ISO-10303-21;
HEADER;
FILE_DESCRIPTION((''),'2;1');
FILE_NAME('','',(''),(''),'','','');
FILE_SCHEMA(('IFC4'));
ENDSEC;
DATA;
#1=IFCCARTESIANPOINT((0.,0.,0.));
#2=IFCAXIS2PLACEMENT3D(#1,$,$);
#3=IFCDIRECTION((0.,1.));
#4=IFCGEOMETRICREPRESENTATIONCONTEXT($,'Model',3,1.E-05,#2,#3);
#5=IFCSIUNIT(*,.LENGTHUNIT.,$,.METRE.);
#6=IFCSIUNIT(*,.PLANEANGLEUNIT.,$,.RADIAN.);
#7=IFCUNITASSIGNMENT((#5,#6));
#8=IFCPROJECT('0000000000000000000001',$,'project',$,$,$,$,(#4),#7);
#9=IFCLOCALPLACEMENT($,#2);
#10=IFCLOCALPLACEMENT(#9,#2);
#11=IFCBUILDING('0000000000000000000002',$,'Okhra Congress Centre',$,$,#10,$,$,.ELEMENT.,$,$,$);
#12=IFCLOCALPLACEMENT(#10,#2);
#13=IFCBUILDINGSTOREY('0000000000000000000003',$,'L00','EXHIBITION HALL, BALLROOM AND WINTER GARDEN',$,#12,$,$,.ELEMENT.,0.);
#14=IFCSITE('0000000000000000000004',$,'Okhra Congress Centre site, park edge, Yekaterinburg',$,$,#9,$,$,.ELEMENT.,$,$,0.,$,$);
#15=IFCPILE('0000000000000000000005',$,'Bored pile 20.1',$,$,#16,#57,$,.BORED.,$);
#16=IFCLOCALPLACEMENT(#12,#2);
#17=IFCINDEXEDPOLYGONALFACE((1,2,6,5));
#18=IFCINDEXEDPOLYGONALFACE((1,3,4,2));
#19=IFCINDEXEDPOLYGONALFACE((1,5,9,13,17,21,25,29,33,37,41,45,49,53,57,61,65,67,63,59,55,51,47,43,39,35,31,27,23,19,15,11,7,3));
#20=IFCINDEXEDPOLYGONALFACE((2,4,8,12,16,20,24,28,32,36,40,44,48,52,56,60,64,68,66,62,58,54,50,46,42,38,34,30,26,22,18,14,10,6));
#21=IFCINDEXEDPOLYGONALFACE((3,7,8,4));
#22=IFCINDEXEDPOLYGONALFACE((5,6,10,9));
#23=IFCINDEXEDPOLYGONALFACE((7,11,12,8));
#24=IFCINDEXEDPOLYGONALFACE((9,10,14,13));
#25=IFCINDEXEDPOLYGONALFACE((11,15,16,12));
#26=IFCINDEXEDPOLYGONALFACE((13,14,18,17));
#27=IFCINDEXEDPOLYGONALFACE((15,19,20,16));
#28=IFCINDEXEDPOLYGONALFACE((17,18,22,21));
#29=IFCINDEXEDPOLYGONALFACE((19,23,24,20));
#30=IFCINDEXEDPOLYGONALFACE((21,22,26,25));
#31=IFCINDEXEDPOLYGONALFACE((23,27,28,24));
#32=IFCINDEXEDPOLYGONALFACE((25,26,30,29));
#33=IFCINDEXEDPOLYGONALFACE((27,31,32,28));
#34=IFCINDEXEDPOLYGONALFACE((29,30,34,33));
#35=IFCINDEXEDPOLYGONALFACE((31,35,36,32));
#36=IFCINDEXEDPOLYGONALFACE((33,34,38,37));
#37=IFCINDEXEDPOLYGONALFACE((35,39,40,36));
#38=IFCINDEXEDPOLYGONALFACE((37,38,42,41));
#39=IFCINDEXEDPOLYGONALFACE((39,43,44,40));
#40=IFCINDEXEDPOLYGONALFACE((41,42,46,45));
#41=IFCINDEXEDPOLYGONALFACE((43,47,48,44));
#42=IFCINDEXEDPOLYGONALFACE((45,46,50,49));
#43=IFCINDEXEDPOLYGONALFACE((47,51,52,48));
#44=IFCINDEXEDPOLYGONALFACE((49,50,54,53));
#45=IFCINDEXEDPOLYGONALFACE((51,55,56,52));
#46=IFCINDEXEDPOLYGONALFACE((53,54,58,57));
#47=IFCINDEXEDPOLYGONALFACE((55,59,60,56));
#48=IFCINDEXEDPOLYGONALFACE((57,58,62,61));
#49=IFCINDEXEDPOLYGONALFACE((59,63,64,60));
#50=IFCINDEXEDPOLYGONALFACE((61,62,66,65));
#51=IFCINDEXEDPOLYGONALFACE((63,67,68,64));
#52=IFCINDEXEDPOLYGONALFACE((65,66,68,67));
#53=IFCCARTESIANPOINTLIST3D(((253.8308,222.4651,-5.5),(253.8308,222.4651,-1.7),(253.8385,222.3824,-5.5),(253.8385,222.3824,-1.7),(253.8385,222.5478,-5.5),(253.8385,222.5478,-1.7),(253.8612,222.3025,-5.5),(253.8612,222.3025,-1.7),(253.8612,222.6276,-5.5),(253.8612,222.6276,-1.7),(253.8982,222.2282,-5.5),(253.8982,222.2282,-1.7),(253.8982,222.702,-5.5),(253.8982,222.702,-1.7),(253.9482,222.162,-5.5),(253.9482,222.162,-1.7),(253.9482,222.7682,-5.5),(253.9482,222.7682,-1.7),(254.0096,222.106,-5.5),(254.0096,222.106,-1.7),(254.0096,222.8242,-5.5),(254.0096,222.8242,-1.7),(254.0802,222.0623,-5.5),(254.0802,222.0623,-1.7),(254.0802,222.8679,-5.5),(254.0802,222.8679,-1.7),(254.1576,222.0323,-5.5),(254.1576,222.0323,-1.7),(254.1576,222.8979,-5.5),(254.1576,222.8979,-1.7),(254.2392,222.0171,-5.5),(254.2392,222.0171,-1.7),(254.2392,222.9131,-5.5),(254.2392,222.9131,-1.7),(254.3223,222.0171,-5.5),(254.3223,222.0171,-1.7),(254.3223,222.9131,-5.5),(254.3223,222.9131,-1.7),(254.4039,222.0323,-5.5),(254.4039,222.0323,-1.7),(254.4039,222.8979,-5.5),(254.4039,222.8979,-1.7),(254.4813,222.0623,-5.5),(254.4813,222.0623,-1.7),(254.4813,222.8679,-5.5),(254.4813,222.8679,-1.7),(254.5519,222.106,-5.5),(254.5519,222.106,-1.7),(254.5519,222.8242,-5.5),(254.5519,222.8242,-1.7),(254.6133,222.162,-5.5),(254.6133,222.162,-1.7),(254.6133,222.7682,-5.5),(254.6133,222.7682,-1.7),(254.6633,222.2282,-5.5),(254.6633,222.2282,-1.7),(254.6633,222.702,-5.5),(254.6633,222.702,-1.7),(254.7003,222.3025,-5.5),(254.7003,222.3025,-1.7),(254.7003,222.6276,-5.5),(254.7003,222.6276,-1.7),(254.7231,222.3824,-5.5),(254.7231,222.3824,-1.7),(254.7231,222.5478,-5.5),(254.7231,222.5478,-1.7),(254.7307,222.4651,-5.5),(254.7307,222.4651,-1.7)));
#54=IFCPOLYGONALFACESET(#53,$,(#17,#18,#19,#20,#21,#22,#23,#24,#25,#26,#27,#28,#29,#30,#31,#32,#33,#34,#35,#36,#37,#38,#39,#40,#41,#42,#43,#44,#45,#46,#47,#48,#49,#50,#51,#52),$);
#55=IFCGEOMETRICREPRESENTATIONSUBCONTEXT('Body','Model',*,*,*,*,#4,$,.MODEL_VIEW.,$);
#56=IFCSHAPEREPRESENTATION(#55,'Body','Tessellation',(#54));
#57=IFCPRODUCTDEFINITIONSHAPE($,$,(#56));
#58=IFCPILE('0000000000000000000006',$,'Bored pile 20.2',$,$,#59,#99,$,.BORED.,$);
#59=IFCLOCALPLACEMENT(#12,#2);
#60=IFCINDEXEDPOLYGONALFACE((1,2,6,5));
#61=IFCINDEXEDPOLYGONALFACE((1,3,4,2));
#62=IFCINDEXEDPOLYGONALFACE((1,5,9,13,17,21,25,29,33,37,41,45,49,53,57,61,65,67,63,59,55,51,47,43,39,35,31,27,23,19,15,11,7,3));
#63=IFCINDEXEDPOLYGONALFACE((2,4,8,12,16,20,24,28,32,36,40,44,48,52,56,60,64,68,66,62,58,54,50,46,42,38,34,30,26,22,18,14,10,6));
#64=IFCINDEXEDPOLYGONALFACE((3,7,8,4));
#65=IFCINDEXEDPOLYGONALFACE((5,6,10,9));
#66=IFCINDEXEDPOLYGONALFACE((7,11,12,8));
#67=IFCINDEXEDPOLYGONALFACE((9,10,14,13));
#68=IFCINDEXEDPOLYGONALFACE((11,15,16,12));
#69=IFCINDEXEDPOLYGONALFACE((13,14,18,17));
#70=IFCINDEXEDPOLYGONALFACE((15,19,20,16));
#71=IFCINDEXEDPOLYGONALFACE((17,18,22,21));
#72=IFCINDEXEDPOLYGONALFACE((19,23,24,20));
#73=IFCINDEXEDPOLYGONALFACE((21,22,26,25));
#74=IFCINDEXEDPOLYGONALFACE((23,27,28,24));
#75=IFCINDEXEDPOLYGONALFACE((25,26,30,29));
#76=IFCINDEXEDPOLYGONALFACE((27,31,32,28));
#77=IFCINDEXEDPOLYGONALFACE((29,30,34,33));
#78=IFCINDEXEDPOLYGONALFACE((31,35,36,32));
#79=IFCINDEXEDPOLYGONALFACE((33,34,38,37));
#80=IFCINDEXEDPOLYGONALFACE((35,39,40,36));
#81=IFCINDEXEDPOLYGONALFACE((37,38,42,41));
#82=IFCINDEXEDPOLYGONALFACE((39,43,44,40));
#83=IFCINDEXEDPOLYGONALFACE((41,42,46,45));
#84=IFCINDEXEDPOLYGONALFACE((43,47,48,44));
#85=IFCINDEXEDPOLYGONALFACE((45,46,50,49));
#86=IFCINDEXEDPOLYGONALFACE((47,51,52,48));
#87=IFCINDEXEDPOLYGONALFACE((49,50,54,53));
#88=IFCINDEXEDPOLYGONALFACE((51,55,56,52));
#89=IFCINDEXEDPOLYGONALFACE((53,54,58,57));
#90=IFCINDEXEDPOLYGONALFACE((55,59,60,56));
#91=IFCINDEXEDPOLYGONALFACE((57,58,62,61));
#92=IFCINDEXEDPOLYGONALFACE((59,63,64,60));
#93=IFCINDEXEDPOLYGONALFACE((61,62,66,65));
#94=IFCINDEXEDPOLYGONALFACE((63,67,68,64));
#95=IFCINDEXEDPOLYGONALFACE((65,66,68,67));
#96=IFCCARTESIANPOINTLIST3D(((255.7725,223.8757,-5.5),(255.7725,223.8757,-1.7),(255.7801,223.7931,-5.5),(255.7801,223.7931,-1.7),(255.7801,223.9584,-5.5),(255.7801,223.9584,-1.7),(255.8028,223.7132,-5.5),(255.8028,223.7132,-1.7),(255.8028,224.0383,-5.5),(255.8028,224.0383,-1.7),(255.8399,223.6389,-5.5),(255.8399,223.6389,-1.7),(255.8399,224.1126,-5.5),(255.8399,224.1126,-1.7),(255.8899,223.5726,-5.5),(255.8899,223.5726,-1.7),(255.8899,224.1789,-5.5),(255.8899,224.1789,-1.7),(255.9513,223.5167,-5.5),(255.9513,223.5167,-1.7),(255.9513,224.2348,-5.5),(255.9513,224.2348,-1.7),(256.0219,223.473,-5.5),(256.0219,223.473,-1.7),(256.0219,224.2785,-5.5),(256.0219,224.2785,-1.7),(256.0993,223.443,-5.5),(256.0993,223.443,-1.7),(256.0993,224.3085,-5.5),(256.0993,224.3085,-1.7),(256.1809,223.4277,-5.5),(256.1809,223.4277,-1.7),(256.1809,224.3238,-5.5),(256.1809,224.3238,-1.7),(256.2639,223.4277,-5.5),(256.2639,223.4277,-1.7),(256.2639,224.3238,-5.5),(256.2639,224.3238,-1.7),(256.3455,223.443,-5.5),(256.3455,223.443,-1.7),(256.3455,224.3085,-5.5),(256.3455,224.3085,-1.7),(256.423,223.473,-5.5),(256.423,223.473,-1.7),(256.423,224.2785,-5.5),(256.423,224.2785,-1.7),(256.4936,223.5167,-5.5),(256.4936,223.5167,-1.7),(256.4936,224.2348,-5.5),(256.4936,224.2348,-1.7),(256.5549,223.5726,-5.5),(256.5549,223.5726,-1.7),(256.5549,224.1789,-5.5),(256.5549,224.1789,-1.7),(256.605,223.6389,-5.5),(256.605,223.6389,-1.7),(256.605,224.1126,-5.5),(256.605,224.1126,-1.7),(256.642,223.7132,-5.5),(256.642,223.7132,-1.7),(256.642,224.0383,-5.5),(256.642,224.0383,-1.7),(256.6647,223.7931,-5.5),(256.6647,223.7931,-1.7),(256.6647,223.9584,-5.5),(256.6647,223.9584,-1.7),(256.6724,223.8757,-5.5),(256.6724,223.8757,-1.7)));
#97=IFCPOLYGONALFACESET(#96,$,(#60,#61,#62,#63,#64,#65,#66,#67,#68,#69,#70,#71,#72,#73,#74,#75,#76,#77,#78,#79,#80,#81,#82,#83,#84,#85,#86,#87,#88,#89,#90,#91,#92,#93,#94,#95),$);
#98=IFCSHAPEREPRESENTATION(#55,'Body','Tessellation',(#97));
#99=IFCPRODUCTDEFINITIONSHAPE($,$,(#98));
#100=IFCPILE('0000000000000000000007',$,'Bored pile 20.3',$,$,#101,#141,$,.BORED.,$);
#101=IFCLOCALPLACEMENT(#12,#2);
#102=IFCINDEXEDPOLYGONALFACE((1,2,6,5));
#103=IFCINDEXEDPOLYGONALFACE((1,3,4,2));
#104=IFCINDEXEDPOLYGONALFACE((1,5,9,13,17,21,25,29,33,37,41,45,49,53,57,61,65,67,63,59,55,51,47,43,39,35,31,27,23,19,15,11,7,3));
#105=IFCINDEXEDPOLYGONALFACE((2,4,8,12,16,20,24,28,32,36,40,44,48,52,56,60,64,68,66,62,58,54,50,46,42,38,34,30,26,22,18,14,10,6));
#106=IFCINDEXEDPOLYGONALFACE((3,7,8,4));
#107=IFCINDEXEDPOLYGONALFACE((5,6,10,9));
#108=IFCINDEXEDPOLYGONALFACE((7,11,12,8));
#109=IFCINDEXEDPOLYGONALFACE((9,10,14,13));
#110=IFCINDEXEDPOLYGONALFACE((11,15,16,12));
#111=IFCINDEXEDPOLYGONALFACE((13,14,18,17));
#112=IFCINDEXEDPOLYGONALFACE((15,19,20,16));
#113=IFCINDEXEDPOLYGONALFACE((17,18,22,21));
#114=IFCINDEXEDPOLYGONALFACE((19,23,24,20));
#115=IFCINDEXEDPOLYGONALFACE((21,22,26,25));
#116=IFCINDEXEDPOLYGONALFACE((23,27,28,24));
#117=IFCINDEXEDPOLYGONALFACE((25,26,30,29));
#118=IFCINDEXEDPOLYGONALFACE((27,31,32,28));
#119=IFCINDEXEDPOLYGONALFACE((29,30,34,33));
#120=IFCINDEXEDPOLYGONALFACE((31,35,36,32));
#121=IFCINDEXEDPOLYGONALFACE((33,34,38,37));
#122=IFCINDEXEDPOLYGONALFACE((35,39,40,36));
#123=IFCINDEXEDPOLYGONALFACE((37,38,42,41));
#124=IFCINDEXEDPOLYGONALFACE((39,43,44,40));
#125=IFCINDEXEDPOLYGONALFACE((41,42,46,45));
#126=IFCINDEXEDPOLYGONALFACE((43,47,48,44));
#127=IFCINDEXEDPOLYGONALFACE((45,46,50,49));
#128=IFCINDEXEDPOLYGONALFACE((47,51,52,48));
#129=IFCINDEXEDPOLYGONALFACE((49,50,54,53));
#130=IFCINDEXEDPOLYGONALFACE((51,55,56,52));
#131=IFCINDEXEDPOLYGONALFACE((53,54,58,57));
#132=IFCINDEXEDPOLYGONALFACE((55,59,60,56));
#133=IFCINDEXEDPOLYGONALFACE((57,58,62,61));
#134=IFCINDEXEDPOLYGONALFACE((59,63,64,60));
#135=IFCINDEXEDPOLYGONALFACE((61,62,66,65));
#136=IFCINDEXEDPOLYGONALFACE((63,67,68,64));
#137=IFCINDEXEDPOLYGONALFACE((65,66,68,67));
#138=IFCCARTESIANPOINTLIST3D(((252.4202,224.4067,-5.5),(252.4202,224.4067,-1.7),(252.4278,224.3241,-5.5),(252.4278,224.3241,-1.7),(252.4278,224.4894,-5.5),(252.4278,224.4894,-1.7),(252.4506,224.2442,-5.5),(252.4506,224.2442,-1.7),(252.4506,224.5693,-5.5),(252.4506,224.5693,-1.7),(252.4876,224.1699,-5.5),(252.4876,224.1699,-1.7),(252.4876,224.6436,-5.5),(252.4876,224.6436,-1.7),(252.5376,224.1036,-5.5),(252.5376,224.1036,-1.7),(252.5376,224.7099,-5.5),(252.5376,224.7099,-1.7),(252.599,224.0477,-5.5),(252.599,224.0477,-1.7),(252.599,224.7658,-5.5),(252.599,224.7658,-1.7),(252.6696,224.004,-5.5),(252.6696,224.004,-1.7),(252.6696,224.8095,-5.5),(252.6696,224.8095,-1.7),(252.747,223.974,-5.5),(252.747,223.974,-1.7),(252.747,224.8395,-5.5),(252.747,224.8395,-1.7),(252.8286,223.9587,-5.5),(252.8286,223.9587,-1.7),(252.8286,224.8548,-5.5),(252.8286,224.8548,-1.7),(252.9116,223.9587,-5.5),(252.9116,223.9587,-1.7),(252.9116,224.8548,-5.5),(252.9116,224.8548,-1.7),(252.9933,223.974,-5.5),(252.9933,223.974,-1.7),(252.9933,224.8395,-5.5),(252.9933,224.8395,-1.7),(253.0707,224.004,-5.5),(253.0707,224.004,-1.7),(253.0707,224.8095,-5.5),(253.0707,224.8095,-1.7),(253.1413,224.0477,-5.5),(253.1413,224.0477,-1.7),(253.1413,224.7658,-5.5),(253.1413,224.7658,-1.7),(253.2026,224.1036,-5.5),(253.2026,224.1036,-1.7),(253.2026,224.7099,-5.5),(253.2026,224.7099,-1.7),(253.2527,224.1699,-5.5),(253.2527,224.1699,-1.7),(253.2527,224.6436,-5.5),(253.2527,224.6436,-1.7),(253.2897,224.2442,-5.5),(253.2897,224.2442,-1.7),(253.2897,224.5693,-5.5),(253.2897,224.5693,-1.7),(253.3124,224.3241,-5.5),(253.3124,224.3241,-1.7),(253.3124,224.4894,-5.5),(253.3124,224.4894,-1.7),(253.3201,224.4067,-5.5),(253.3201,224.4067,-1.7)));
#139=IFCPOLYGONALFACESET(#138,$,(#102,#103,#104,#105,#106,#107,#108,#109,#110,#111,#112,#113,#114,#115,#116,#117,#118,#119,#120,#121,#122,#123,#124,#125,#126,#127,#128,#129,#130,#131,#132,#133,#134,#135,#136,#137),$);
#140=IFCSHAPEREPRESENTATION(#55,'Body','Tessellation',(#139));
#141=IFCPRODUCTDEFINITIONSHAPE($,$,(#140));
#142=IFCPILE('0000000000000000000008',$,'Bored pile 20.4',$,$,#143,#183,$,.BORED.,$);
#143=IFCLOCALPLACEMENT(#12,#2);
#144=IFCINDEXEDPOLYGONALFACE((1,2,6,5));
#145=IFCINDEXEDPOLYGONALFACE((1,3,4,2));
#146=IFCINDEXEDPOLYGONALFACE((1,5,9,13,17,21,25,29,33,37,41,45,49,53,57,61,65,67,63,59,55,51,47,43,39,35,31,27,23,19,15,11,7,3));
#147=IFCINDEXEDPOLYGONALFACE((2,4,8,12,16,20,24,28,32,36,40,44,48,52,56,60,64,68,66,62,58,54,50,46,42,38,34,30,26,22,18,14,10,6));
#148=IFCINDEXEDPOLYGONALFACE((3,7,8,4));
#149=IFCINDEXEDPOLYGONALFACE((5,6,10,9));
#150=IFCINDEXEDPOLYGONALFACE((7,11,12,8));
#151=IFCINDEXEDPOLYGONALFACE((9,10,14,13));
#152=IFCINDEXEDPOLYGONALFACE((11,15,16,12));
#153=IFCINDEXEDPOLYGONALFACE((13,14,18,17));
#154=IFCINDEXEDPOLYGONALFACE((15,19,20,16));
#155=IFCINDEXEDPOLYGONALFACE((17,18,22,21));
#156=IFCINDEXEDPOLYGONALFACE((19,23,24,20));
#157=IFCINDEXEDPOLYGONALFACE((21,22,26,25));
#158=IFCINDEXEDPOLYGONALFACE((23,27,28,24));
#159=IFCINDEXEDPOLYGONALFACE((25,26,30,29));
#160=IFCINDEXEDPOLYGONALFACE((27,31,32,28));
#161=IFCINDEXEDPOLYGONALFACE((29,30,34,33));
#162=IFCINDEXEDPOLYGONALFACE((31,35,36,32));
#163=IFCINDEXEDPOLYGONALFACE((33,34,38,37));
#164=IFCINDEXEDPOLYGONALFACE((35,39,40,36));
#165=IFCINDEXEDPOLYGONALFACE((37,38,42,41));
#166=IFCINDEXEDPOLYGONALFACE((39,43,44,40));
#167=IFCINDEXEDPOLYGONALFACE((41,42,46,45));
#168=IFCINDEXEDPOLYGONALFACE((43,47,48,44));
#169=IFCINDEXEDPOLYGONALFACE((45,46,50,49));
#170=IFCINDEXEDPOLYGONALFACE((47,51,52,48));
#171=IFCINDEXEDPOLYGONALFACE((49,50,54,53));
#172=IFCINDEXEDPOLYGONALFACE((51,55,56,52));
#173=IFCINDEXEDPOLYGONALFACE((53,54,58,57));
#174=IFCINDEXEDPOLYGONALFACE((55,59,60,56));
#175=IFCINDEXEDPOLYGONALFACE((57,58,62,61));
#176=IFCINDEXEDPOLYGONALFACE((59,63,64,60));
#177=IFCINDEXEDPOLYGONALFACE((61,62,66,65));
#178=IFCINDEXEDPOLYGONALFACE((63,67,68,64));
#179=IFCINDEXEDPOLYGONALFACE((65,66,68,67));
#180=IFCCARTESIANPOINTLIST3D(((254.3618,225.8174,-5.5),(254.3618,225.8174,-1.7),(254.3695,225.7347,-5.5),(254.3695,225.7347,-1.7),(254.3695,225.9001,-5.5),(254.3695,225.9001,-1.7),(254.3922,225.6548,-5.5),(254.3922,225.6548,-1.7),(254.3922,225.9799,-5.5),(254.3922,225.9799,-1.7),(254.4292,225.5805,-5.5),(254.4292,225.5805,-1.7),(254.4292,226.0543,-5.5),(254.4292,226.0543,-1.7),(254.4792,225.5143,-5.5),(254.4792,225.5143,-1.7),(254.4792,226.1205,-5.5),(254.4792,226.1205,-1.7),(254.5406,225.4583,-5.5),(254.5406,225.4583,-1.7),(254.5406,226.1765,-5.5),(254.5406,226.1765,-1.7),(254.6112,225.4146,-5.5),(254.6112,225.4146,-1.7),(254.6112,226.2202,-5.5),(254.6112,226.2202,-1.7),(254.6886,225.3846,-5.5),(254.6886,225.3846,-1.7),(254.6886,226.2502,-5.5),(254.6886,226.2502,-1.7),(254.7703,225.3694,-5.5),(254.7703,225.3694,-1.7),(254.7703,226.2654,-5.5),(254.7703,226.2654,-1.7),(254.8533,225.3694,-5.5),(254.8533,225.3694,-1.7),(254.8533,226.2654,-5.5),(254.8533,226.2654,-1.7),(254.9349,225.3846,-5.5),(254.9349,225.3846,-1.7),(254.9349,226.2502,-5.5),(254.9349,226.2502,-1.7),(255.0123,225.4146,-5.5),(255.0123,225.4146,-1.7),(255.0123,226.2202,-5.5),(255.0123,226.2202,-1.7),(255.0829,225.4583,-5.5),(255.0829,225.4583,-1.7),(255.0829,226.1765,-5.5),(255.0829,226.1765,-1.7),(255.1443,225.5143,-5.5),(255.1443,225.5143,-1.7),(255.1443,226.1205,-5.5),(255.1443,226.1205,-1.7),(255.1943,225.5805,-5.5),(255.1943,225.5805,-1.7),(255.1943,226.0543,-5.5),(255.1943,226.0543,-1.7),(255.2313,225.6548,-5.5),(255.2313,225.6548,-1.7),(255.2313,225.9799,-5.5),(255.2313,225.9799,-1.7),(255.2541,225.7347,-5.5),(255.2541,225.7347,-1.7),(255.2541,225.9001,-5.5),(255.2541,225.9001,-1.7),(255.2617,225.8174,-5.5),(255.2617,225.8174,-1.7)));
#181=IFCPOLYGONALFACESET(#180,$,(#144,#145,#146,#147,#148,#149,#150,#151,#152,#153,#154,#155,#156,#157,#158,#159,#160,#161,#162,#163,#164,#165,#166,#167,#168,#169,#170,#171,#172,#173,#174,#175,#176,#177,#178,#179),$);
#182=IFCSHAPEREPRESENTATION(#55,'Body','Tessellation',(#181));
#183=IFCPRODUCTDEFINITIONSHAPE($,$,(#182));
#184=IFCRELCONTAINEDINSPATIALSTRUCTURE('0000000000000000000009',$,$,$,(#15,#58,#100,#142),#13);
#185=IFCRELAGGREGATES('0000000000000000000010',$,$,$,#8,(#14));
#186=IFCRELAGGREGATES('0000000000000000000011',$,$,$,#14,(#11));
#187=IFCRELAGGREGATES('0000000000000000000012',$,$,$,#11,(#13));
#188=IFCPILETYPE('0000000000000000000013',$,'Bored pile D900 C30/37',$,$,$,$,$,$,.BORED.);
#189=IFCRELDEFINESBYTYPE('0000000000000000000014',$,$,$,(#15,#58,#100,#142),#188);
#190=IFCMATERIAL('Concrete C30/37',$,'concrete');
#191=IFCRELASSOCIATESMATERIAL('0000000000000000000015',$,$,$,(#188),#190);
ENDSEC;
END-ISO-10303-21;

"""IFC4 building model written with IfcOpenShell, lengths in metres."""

from ifc_helpers import new_model, si_unit, direction, frame, origin, origin_2d, place, context, subcontext, project, spatial, circle, extrude, material, material_profile, profile_set, type_object, element, save


model = new_model("IFC4")

# Units and contexts
model_context = context("Model", 3, precision=1e-05, world=origin(), true_north=direction((0.0, 1.0)))
body_context = subcontext(model_context, "Body", "Model", "MODEL_VIEW")
ifc_project = project(units=[si_unit("LENGTHUNIT", "METRE"), si_unit("PLANEANGLEUNIT", "RADIAN")], contexts=[model_context])

# Site, building, storey
site_placement = place(None, origin())
site = spatial("IfcSite", under=ifc_project, at=site_placement, Name="Okhra Congress Centre site, park edge, Yekaterinburg", CompositionType="ELEMENT", RefElevation=0.0)
building_placement = place(site_placement, origin())
building = spatial("IfcBuilding", under=site, at=building_placement, Name="Okhra Congress Centre", CompositionType="ELEMENT")
storey_placement = place(building_placement, origin())
storey = spatial("IfcBuildingStorey", under=building, at=storey_placement, Name="L00", Description="EXHIBITION HALL, BALLROOM AND WINTER GARDEN", CompositionType="ELEMENT", Elevation=0.0)

# Piles
ifc_material_1 = material(Name="Concrete C30/37", Category="concrete")
ifc_material_profile = material_profile(ifc_material_1, circle(Radius=0.45, at=origin_2d()), Name="D900")
ifc_profile_set = profile_set([ifc_material_profile], Name="Concrete C30/37")
pile_type = type_object("IfcPileType", Name="Bored pile D900 C30/37", PredefinedType="BORED", material=ifc_profile_set)
for number, where, z_axis, x_axis, name in (
    (1, (254.2808, 222.4651, -1.7), (0.0, 0.0, -1.0), (1.0, 0.0, 0.0), "Bored pile 20.1"),
    (2, (256.2224, 223.8757, -1.7), (0.0, 0.0, -1.0), (1.0, 0.0, 0.0), "Bored pile 20.2"),
    (3, (252.8701, 224.4067, -1.7), (0.0, 0.0, -1.0), (1.0, 0.0, 0.0), "Bored pile 20.3"),
    (4, (254.8118, 225.8174, -1.7), (0.0, 0.0, -1.0), (1.0, 0.0, 0.0), "Bored pile 20.4"),
):
    element("IfcPile", number, at=place(storey_placement, frame(where, z_axis=z_axis, x_axis=x_axis)), inside=storey, type_object=pile_type, Name=name, PredefinedType="BORED", context=body_context, shape_type="SweptSolid", body=[
        extrude(circle(Radius=0.45, at=origin_2d()), origin(), (0.0, 0.0, 1.0), 3.8),
    ])

save(model, "model.ifc")
